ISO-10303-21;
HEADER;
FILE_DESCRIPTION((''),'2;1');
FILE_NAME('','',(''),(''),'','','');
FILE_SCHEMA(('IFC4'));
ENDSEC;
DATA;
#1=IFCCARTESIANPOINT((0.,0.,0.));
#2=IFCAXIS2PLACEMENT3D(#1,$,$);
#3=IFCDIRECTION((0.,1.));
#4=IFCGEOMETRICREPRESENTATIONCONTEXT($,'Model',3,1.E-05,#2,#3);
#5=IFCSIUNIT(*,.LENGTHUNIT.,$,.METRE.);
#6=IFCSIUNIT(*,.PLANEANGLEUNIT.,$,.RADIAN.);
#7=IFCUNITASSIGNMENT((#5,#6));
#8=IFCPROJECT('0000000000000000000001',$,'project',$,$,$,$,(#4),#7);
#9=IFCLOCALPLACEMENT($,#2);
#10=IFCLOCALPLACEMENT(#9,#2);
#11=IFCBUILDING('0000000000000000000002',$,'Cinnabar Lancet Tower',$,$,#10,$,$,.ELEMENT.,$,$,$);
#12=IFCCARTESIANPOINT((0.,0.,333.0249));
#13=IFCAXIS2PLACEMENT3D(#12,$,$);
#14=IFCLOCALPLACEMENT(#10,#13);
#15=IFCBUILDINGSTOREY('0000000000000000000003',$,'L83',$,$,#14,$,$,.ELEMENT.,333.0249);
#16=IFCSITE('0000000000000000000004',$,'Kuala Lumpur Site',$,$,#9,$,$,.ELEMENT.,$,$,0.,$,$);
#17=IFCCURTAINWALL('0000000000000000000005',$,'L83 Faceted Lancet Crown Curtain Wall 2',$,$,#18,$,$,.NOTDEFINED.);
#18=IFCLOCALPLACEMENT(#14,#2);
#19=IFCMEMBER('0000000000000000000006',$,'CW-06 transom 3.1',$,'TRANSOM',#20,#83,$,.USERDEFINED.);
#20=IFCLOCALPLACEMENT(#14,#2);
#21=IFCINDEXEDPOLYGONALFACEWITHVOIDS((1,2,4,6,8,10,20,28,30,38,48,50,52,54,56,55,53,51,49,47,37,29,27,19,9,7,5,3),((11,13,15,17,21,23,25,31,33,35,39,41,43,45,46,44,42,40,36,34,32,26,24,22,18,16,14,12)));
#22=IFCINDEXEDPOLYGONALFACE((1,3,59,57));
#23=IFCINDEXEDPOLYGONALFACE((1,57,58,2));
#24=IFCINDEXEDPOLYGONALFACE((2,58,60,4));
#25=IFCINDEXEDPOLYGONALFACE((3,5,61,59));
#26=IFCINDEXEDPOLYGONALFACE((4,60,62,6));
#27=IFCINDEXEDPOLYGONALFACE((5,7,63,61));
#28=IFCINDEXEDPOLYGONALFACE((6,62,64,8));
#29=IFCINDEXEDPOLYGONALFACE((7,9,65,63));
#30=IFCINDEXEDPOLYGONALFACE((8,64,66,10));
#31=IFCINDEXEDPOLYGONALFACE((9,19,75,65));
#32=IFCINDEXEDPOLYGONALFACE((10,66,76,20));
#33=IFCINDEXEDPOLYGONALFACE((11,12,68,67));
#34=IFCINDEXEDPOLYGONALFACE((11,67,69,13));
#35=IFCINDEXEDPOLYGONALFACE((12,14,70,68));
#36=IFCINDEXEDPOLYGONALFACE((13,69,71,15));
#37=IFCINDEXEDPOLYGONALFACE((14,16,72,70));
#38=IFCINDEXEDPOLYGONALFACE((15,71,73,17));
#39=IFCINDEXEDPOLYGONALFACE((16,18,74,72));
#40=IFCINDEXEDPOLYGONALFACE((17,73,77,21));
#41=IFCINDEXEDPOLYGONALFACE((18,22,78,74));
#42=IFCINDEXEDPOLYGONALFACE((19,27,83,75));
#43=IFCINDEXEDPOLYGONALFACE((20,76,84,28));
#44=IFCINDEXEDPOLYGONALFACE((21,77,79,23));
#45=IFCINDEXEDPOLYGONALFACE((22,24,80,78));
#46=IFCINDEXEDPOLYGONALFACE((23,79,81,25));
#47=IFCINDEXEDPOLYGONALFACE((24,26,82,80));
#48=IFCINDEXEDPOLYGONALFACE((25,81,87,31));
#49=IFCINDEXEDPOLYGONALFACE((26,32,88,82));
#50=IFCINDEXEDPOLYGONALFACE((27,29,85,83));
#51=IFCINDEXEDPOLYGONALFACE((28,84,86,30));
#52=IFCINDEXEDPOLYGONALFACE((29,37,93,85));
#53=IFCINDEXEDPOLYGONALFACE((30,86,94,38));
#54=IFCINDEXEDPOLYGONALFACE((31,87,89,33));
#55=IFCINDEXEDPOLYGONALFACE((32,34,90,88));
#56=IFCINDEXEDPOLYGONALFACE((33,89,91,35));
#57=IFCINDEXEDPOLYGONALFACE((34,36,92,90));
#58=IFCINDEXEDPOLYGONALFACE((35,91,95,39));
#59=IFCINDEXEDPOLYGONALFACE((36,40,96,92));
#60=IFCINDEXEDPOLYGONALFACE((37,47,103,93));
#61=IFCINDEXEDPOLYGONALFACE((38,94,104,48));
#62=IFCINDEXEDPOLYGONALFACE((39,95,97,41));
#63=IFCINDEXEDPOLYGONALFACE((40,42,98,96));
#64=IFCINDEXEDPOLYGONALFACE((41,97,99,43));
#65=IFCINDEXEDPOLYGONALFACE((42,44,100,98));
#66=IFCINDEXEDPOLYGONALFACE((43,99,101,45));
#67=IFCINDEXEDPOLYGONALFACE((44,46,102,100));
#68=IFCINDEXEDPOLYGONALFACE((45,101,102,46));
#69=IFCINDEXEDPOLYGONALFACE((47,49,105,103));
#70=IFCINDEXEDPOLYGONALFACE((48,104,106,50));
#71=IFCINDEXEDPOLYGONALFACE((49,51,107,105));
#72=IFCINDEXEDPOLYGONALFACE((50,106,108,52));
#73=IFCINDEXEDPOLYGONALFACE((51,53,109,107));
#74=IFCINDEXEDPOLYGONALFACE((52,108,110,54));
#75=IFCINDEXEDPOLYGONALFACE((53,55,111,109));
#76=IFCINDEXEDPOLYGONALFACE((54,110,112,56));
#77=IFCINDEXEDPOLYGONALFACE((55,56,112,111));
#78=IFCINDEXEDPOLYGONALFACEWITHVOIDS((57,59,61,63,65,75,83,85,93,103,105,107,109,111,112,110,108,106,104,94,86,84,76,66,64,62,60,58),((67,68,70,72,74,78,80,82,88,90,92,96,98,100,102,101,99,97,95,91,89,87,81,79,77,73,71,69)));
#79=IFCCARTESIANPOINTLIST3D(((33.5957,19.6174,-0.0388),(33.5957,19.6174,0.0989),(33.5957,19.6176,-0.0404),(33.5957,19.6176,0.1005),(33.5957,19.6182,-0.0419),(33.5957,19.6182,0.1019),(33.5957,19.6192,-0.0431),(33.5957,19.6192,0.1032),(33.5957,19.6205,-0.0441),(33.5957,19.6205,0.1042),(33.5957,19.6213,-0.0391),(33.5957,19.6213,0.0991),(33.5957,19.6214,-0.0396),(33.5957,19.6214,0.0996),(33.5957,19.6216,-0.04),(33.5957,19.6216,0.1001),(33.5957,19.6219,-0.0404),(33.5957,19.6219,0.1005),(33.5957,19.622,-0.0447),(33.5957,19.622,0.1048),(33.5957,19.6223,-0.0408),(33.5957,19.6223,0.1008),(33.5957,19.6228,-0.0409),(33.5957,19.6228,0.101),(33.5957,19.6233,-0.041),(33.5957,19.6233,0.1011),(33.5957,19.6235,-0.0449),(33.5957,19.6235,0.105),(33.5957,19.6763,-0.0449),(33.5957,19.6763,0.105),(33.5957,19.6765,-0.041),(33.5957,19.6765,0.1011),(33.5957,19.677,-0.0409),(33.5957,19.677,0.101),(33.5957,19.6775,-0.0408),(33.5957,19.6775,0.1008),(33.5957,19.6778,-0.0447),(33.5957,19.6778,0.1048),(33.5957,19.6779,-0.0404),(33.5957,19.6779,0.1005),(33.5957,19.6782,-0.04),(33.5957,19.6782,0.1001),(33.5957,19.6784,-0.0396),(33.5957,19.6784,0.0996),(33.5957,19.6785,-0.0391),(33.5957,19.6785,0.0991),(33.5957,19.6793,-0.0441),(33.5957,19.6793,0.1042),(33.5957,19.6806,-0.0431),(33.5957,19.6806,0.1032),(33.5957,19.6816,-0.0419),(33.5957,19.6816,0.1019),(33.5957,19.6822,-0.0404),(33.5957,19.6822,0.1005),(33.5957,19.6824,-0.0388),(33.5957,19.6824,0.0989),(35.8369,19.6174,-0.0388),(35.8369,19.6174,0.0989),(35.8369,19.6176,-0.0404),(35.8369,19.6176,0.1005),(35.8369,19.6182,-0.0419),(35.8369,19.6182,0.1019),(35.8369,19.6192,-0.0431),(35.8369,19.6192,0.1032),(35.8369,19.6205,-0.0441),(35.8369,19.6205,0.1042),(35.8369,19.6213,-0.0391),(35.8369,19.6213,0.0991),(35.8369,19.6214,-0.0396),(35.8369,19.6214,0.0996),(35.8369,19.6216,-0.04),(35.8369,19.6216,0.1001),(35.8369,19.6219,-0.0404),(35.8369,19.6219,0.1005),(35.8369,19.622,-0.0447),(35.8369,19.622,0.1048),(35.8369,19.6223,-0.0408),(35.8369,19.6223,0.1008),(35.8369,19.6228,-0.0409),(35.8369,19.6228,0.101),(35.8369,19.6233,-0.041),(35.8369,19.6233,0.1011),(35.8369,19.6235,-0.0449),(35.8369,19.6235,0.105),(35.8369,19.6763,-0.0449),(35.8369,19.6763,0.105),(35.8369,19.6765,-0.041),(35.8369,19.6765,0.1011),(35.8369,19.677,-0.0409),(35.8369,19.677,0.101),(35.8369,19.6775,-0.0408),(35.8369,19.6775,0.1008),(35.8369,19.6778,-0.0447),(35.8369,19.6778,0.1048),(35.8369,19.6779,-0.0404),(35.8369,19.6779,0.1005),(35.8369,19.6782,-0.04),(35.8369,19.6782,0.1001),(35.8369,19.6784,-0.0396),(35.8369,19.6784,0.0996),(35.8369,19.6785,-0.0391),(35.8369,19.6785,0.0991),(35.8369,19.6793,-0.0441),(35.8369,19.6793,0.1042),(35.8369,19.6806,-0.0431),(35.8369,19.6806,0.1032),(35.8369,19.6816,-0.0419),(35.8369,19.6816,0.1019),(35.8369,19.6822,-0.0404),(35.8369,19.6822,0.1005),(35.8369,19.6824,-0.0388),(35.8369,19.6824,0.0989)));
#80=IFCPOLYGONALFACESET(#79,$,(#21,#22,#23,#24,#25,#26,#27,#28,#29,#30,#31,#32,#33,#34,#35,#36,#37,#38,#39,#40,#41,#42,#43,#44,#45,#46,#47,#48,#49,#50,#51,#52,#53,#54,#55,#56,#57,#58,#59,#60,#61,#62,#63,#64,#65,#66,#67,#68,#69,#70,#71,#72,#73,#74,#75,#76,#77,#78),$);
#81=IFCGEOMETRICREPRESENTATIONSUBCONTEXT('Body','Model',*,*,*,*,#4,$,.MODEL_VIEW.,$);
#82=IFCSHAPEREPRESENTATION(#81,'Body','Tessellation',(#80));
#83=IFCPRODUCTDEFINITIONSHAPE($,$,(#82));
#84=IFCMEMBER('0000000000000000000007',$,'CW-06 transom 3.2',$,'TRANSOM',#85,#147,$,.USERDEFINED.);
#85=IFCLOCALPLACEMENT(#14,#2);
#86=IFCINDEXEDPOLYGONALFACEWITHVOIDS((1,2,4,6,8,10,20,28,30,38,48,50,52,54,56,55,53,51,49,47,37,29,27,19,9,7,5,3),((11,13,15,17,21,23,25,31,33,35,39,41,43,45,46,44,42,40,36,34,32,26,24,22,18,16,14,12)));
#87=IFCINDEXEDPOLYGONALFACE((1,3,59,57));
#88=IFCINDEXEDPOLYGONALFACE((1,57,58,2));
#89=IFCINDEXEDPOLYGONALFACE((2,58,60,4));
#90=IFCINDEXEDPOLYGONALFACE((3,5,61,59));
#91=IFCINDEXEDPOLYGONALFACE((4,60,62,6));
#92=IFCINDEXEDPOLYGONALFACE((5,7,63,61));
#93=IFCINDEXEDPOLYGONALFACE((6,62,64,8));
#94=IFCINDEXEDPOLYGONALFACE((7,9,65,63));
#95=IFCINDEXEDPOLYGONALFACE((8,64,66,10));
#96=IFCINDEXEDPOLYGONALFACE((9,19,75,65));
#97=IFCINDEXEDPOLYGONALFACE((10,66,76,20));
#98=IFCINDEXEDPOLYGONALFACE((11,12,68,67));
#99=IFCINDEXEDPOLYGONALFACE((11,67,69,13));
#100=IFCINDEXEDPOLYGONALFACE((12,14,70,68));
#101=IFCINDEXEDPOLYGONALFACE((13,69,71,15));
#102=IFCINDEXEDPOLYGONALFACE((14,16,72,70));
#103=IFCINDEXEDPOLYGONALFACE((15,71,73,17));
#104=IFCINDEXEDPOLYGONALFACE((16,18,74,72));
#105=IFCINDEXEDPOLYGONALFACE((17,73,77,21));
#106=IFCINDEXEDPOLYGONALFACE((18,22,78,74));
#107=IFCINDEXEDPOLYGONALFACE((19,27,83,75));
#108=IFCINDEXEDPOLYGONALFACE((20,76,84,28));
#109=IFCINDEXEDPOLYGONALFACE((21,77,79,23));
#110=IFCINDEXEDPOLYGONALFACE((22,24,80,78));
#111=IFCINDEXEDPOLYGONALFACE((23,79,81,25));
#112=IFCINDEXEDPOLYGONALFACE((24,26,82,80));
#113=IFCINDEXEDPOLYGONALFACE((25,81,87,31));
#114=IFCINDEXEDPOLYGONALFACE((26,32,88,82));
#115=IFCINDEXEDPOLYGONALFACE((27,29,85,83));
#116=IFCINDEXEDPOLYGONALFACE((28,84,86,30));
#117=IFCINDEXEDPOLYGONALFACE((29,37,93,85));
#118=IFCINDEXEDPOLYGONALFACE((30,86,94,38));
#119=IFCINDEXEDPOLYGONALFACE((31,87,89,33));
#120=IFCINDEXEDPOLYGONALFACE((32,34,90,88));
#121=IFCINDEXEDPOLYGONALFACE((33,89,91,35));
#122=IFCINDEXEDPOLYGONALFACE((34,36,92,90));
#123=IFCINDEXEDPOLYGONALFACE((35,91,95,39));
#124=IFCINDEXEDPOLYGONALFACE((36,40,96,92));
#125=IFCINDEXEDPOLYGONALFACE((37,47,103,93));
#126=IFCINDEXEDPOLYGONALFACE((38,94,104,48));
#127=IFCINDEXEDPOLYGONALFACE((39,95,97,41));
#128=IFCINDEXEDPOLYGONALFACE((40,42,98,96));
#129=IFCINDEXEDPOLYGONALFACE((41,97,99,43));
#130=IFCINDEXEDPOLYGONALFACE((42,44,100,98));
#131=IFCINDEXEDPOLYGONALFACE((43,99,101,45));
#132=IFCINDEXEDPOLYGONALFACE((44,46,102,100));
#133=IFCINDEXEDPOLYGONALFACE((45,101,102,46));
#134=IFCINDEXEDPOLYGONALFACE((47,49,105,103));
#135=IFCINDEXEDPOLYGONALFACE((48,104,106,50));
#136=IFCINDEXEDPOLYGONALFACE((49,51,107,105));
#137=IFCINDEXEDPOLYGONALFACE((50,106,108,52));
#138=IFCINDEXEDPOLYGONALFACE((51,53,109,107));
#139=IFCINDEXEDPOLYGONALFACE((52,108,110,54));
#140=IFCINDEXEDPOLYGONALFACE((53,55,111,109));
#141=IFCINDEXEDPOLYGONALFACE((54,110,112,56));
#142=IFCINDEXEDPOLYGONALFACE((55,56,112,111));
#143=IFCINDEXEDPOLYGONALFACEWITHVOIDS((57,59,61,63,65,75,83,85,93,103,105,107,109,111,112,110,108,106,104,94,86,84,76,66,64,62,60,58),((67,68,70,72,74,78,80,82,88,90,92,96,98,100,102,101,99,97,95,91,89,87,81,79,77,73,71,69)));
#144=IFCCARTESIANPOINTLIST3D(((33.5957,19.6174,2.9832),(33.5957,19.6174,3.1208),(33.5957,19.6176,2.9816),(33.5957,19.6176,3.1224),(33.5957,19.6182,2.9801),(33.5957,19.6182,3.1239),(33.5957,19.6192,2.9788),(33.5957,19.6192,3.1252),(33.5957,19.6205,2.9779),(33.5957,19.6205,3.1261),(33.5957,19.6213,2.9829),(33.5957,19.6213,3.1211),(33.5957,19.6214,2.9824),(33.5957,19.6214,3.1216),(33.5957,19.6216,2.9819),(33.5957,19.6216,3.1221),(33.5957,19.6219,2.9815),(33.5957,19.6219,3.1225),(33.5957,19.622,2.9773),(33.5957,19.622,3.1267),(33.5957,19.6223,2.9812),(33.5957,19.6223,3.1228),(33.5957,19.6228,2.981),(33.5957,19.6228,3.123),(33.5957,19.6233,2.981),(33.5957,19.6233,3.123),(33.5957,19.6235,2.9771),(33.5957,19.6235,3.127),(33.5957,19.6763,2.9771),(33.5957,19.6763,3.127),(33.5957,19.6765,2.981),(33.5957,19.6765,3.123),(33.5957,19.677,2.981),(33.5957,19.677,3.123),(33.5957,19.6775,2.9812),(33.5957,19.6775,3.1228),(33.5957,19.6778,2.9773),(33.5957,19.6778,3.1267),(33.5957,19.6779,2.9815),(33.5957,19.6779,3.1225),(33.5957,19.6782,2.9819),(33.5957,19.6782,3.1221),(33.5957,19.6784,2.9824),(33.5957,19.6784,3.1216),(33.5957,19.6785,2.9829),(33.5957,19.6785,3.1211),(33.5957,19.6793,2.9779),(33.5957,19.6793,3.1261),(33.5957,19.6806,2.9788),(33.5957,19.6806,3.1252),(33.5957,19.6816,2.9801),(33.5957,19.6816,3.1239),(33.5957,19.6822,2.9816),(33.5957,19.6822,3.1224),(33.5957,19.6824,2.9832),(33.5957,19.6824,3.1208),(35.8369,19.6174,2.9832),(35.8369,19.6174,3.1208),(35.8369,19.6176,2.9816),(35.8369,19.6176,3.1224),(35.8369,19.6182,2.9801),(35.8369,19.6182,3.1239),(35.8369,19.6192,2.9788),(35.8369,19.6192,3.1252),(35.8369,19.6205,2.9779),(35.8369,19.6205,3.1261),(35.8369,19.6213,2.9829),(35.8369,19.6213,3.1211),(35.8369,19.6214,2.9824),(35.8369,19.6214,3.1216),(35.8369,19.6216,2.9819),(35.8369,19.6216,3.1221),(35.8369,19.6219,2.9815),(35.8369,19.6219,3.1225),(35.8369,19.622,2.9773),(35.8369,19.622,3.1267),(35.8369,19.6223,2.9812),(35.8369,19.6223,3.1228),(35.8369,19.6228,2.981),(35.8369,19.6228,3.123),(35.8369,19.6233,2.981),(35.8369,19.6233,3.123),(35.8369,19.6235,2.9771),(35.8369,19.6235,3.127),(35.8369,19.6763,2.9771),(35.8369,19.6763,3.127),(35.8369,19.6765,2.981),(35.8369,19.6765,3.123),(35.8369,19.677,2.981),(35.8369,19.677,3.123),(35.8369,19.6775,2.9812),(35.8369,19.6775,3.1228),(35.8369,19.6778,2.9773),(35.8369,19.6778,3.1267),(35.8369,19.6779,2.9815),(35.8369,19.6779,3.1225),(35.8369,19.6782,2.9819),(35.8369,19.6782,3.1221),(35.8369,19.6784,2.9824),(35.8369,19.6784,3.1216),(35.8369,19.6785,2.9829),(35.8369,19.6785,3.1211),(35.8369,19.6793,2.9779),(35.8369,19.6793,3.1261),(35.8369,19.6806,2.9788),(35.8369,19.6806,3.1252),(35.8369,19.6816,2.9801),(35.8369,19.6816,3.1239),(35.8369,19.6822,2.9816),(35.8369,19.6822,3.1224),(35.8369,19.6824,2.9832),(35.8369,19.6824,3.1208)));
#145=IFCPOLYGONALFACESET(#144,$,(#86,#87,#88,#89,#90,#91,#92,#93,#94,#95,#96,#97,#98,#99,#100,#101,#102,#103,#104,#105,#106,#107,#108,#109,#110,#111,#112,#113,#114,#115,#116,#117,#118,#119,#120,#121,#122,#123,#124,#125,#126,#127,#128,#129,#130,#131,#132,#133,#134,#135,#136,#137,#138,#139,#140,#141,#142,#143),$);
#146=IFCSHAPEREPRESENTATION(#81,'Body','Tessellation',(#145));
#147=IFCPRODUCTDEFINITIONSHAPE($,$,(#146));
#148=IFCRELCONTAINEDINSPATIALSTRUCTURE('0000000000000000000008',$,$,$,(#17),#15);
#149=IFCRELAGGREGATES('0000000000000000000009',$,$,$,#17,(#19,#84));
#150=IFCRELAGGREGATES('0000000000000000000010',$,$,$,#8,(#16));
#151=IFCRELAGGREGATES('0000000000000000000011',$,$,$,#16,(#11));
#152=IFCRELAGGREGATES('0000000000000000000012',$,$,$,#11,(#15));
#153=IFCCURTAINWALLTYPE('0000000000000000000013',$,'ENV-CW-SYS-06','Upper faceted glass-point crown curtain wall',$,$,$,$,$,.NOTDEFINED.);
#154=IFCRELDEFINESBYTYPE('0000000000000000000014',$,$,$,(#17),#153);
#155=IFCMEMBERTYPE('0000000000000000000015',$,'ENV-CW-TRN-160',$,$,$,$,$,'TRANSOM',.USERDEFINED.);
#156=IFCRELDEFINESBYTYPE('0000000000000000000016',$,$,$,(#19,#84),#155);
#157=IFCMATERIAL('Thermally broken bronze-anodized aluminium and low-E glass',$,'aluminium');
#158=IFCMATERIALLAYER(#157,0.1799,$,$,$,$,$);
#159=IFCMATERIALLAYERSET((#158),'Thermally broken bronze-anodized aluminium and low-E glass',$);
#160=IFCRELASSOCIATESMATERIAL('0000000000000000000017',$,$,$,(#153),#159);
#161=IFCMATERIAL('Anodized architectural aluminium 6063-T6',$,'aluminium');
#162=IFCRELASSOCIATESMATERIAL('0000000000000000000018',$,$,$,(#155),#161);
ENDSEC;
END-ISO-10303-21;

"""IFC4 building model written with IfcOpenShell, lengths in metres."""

from ifc_helpers import new_model, si_unit, direction, frame, origin, origin_2d, place, context, subcontext, project, spatial, hollow_rectangle, extrude, material, layer, layer_set, material_profile, profile_set, type_object, element, aggregate, save


model = new_model("IFC4")

# Units and contexts
model_context = context("Model", 3, precision=1e-05, world=origin(), true_north=direction((0.0, 1.0)))
body_context = subcontext(model_context, "Body", "Model", "MODEL_VIEW")
ifc_project = project(units=[si_unit("LENGTHUNIT", "METRE"), si_unit("PLANEANGLEUNIT", "RADIAN")], contexts=[model_context])

# Site, building, storey
site_placement = place(None, origin())
site = spatial("IfcSite", under=ifc_project, at=site_placement, Name="Kuala Lumpur Site", CompositionType="ELEMENT", RefElevation=0.0)
building_placement = place(site_placement, origin())
building = spatial("IfcBuilding", under=site, at=building_placement, Name="Cinnabar Lancet Tower", CompositionType="ELEMENT")
storey_placement = place(building_placement, frame((0.0, 0.0, 333.0249)))
storey = spatial("IfcBuildingStorey", under=building, at=storey_placement, Name="L83", CompositionType="ELEMENT", Elevation=333.0249)

# Curtain wall
ifc_material_1 = material(Name="Thermally broken bronze-anodized aluminium and low-E glass", Category="aluminium")
ifc_layer_1 = layer(ifc_material_1, 0.1799)
ifc_layer_set_1 = layer_set([ifc_layer_1], Name="Thermally broken bronze-anodized aluminium and low-E glass")
curtain_wall_type = type_object("IfcCurtainWallType", Name="ENV-CW-SYS-06", Description="Upper faceted glass-point crown curtain wall", PredefinedType="NOTDEFINED", material=ifc_layer_set_1)
curtain_wall_1_placement = place(storey_placement, origin())
curtain_wall_1 = element("IfcCurtainWall", 1, at=curtain_wall_1_placement, inside=storey, type_object=curtain_wall_type, Name="L83 Faceted Lancet Crown Curtain Wall 2", PredefinedType="NOTDEFINED")

# Members
ifc_material_2 = material(Name="Anodized architectural aluminium 6063-T6", Category="aluminium")
ifc_material_profile_1 = material_profile(ifc_material_2, hollow_rectangle(XDim=0.0649, YDim=0.1499, WallThickness=0.0039, InnerFilletRadius=0.002, OuterFilletRadius=0.0061, at=origin_2d()), Name="CW-TRN 150x65x4")
ifc_profile_set_1 = profile_set([ifc_material_profile_1], Name="Anodized architectural aluminium 6063-T6")
member_type_1 = type_object("IfcMemberType", Name="ENV-CW-TRN-160", ElementType="TRANSOM", PredefinedType="USERDEFINED", material=ifc_profile_set_1)
member_1_placement = place(storey_placement, frame((33.5957, 19.6499, 0.03), z_axis=(1.0, 0.0, 0.0), x_axis=(0.0, 1.0, 0.0)))
member_1 = element("IfcMember", 2, at=member_1_placement, type_object=member_type_1, Name="CW-06 transom 3.1", ObjectType="TRANSOM", PredefinedType="USERDEFINED", context=body_context, shape_type="SweptSolid", body=[
    extrude(hollow_rectangle(XDim=0.0649, YDim=0.1499, WallThickness=0.0039, InnerFilletRadius=0.002, OuterFilletRadius=0.0061, at=origin_2d()), origin(), (0.0, 0.0, 1.0), 2.2412),
])
member_2_placement = place(storey_placement, frame((33.5957, 19.6499, 3.052), z_axis=(1.0, 0.0, 0.0), x_axis=(0.0, 1.0, 0.0)))
member_2 = element("IfcMember", 3, at=member_2_placement, type_object=member_type_1, Name="CW-06 transom 3.2", ObjectType="TRANSOM", PredefinedType="USERDEFINED", context=body_context, shape_type="SweptSolid", body=[
    extrude(hollow_rectangle(XDim=0.0649, YDim=0.1499, WallThickness=0.0039, InnerFilletRadius=0.002, OuterFilletRadius=0.0061, at=origin_2d()), origin(), (0.0, 0.0, 1.0), 2.2412),
])

aggregate(curtain_wall_1, [member_1, member_2])

save(model, "model.ifc")
